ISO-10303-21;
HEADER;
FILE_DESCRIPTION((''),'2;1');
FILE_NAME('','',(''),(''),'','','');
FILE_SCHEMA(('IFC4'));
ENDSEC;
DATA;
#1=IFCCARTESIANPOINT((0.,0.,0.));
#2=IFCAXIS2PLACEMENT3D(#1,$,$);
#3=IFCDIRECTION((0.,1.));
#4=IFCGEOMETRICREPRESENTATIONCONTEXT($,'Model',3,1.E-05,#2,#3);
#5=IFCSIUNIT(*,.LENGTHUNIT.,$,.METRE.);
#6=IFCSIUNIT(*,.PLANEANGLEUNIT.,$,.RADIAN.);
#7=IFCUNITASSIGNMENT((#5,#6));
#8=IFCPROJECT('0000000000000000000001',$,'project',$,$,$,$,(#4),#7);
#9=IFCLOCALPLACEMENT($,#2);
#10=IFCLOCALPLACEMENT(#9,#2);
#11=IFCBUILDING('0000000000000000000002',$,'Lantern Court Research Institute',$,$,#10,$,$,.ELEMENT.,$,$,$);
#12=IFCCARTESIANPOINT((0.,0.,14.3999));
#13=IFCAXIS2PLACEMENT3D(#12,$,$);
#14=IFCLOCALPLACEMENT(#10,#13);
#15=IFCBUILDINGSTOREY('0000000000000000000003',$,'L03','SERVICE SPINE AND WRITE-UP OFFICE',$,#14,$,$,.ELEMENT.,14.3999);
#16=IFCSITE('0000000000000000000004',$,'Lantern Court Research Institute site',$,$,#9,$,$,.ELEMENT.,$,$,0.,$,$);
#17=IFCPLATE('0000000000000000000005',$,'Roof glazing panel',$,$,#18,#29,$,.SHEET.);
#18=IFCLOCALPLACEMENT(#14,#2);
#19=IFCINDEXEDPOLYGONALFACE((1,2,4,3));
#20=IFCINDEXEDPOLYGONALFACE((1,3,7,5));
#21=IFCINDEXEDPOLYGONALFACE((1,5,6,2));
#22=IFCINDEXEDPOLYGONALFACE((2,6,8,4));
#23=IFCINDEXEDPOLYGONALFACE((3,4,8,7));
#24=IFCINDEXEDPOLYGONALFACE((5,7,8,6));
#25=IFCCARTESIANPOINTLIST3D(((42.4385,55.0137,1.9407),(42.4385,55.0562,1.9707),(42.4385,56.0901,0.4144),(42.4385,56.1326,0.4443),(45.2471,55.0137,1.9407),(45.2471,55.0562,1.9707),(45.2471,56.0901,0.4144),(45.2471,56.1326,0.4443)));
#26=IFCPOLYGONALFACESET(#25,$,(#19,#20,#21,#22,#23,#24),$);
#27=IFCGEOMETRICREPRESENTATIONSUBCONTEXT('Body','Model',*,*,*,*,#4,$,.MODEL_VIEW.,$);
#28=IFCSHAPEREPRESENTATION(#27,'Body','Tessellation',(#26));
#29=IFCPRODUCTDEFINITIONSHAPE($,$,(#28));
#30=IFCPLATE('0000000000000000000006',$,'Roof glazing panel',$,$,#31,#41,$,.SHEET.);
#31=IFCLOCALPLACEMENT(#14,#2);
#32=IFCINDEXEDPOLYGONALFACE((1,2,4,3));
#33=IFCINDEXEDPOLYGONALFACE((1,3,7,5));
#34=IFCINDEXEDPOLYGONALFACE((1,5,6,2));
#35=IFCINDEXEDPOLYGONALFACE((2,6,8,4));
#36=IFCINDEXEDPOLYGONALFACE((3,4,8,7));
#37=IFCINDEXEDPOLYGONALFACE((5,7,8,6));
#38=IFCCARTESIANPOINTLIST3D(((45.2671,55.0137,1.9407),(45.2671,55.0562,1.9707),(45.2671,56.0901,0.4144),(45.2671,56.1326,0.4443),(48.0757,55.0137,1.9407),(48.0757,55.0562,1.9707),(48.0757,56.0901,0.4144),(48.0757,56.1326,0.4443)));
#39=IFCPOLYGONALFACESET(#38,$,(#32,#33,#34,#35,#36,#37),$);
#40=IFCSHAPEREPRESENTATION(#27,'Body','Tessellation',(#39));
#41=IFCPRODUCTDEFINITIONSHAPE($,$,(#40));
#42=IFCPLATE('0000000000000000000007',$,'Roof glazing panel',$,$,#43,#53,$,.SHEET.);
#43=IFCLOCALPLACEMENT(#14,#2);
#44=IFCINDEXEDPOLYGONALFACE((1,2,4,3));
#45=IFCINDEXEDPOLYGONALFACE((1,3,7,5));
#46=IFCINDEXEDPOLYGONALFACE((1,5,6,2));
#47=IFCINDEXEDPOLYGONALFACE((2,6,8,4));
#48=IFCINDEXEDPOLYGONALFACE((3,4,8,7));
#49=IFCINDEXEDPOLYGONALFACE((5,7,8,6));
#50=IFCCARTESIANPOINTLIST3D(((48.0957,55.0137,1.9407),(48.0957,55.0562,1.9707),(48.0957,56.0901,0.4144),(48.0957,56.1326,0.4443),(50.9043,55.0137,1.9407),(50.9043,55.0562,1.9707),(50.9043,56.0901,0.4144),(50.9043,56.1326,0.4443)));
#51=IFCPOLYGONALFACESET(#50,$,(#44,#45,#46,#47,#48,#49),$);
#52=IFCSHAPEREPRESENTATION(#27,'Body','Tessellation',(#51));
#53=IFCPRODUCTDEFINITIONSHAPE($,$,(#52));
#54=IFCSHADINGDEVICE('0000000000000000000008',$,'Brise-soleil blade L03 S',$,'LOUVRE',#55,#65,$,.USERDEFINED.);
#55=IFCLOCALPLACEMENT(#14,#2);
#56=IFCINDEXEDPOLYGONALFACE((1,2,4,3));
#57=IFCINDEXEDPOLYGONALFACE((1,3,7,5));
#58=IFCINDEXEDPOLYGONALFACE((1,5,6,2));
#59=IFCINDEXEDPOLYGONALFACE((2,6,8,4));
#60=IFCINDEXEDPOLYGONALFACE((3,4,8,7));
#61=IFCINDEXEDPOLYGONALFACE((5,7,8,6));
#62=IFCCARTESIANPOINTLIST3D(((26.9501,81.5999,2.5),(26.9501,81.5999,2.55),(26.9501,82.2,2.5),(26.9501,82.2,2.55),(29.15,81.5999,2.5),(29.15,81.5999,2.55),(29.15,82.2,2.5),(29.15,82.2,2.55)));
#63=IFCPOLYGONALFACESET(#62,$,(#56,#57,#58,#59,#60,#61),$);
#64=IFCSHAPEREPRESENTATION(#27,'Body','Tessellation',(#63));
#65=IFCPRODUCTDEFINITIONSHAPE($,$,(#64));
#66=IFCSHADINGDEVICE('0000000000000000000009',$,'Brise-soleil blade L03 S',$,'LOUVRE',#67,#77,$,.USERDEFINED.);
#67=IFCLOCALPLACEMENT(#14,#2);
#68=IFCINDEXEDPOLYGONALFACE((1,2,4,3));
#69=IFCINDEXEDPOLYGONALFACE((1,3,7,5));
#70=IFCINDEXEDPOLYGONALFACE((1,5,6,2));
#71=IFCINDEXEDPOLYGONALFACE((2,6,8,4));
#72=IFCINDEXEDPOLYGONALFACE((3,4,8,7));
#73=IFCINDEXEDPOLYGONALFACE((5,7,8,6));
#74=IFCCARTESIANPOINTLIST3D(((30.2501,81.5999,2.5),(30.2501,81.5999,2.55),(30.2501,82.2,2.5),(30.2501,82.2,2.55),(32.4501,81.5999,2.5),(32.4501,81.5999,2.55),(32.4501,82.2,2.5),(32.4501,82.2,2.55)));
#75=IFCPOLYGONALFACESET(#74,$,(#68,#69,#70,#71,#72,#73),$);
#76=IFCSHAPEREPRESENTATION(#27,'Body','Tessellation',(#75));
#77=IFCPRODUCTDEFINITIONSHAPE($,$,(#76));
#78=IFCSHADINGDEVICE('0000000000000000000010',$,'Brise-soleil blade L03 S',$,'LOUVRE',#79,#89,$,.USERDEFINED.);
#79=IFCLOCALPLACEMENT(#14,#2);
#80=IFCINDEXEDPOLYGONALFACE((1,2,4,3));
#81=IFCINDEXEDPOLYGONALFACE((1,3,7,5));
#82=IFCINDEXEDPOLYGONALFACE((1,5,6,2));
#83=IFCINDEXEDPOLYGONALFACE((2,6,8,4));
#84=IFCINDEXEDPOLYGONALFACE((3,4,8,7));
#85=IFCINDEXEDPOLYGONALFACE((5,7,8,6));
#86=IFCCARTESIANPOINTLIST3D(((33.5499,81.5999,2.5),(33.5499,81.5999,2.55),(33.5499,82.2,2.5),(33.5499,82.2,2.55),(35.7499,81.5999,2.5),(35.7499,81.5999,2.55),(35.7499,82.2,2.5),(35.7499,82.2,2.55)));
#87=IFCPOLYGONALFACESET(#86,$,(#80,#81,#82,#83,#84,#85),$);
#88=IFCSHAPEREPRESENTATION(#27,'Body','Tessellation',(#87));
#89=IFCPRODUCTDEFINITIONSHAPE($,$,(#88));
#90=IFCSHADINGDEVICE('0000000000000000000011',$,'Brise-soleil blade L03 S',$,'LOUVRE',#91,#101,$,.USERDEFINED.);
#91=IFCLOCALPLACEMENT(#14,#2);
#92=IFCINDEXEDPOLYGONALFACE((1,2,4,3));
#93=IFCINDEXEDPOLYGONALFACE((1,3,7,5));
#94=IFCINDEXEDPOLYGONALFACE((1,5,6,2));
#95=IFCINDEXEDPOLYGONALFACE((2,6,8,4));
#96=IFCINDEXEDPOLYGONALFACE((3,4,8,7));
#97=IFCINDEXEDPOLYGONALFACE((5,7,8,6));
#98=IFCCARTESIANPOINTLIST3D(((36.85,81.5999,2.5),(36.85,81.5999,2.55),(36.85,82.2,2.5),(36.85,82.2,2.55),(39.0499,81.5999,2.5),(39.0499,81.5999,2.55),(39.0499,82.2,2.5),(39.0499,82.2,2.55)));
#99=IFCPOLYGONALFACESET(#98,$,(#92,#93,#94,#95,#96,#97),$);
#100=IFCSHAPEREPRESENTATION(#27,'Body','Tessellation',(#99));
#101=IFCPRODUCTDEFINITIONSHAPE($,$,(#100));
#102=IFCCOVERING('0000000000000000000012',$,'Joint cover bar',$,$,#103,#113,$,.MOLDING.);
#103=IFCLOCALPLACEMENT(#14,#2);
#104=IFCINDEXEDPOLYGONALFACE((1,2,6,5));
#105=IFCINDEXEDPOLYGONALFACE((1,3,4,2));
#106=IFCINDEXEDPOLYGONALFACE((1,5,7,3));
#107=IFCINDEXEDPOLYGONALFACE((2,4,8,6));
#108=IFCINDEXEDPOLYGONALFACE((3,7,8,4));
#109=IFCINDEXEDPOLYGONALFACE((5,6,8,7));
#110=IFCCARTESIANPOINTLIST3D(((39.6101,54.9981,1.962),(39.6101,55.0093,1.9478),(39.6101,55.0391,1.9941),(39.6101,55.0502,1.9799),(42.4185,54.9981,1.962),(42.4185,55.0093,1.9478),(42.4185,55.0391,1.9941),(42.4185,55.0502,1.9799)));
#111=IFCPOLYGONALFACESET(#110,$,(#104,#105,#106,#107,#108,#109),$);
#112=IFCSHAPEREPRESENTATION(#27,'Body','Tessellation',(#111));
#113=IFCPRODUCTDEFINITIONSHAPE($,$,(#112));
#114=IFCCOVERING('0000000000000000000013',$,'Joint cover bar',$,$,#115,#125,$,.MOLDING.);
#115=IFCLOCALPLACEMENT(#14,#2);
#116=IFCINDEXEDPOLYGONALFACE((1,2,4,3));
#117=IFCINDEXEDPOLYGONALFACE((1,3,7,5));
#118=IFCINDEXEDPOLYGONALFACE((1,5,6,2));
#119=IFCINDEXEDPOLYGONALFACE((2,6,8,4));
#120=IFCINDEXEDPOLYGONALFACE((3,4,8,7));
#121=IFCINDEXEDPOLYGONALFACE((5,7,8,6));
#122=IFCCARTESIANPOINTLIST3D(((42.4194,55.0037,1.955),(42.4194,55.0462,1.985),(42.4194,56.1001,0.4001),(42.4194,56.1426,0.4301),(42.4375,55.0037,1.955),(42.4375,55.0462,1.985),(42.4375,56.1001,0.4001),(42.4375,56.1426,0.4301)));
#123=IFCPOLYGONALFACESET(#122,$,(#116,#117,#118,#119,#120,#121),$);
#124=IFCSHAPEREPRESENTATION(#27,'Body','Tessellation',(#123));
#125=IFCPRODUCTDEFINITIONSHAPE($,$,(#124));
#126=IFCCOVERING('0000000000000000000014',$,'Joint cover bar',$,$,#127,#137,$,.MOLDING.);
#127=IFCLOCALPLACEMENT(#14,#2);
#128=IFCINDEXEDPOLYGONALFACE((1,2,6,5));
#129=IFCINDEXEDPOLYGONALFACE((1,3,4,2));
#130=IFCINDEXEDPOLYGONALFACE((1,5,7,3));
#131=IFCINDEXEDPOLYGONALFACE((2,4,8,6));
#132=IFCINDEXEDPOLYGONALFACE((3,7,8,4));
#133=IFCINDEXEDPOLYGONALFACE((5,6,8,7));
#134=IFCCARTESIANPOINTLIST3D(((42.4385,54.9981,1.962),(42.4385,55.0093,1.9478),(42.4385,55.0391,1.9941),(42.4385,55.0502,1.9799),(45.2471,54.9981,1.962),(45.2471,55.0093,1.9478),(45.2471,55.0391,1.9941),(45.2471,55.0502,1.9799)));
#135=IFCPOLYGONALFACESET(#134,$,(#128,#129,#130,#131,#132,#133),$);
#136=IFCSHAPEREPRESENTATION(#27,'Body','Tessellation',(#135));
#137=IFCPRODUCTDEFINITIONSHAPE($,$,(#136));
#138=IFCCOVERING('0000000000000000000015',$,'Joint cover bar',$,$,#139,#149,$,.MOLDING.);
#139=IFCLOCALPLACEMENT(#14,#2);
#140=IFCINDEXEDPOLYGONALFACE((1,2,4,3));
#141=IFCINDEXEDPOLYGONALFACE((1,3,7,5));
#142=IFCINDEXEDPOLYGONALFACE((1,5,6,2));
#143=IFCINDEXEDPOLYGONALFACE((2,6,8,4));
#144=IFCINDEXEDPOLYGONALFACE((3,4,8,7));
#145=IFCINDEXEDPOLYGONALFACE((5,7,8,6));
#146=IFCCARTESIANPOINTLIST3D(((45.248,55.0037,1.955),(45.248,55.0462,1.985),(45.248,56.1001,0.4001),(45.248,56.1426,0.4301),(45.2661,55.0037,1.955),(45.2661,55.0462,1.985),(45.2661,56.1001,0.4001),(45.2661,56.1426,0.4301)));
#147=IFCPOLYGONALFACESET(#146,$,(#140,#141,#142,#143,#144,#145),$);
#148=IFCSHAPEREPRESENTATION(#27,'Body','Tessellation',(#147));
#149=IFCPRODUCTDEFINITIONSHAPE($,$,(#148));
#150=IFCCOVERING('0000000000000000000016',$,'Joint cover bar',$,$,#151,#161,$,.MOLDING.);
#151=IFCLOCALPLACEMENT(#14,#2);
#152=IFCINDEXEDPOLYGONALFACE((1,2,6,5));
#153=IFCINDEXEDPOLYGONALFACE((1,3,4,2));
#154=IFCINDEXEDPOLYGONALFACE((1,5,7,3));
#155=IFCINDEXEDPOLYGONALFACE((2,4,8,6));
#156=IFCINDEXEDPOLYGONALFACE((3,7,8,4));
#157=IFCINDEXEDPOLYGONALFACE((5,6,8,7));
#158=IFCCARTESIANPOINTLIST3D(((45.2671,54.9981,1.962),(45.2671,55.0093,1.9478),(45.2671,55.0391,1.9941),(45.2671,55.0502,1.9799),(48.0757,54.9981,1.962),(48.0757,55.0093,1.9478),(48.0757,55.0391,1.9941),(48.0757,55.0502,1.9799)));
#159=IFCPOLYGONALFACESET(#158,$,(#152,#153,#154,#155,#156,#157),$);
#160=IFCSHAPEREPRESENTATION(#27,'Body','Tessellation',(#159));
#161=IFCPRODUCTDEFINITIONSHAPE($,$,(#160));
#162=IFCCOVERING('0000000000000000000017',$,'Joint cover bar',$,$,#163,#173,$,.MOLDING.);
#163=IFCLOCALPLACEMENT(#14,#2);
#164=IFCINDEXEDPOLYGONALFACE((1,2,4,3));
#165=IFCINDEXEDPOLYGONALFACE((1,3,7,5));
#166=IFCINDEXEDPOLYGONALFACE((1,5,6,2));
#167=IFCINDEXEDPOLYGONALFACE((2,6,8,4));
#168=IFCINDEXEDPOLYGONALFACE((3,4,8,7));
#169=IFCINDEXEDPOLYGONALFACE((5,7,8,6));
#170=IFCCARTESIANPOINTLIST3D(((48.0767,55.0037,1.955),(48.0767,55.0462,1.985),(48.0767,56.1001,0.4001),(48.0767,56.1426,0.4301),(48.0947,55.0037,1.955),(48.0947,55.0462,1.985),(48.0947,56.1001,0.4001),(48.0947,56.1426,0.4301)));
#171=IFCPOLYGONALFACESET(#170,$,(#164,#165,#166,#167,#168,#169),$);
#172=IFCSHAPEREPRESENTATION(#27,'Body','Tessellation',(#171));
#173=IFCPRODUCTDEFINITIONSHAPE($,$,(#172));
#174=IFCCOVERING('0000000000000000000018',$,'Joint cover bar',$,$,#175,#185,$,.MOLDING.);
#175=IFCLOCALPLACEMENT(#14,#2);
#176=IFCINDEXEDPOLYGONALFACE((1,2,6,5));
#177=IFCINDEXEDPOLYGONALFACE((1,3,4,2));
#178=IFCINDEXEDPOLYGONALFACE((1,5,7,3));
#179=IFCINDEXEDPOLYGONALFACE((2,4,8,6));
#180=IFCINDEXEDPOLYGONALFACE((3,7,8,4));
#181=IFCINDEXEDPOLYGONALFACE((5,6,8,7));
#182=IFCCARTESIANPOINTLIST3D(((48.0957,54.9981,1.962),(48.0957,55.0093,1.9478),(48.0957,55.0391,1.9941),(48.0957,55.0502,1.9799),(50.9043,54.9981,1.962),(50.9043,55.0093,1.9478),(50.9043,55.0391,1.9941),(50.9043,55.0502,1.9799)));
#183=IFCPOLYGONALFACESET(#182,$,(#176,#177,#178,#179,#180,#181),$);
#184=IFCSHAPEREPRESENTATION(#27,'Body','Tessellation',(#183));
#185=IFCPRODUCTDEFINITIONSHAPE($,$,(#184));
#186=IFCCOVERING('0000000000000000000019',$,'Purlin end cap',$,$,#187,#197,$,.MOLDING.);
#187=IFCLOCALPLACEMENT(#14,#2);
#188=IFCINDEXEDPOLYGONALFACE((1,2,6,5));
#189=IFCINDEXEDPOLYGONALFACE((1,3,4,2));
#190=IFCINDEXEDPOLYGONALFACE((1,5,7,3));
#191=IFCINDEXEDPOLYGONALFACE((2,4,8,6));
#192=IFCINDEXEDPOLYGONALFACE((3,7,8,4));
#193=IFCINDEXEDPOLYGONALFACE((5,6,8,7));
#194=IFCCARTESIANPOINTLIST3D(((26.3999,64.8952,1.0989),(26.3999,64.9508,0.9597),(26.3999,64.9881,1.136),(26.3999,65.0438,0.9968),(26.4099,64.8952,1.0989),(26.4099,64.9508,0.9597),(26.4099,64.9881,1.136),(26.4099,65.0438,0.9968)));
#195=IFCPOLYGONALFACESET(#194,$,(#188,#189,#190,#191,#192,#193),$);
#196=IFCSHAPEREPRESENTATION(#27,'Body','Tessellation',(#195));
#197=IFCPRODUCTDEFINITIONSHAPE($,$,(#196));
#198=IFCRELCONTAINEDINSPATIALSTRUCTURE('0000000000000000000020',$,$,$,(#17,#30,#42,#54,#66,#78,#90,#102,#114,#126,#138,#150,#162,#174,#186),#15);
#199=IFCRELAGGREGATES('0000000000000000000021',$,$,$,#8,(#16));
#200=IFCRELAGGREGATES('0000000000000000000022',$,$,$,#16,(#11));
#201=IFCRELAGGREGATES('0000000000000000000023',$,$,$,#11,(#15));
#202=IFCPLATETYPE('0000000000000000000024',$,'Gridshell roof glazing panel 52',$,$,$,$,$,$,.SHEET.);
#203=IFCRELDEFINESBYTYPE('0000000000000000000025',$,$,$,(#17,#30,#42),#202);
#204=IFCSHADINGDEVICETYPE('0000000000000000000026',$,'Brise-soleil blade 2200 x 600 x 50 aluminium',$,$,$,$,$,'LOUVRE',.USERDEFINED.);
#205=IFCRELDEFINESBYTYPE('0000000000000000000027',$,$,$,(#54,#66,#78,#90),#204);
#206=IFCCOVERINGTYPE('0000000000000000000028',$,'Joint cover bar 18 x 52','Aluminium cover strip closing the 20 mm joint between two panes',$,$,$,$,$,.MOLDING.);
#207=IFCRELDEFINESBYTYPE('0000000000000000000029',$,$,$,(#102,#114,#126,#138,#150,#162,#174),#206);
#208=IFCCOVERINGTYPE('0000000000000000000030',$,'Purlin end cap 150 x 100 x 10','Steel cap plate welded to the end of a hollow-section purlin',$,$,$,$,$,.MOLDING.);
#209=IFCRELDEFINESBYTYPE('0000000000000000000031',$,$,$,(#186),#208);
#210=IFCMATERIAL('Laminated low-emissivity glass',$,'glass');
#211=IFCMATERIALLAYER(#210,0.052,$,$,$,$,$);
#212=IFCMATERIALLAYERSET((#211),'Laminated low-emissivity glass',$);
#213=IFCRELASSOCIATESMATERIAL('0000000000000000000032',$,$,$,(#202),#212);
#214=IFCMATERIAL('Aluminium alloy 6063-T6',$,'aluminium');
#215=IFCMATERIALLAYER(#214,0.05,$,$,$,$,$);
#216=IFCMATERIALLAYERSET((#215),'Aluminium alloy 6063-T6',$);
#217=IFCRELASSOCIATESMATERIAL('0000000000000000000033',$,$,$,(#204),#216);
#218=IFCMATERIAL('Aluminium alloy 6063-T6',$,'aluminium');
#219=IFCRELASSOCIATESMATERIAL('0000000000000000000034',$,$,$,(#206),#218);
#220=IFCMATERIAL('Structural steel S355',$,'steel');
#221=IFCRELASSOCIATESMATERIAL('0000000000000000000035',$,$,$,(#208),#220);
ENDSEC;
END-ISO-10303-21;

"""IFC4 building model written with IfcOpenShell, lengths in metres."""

from ifc_helpers import new_model, si_unit, direction, frame, origin, origin_2d, place, context, subcontext, project, spatial, polyline, rectangle, outline, extrude, material, layer, layer_set, material_profile, profile_set, type_object, element, save


model = new_model("IFC4")

# Units and contexts
model_context = context("Model", 3, precision=1e-05, world=origin(), true_north=direction((0.0, 1.0)))
body_context = subcontext(model_context, "Body", "Model", "MODEL_VIEW")
ifc_project = project(units=[si_unit("LENGTHUNIT", "METRE"), si_unit("PLANEANGLEUNIT", "RADIAN")], contexts=[model_context])

# Site, building, storey
site_placement = place(None, origin())
site = spatial("IfcSite", under=ifc_project, at=site_placement, Name="Lantern Court Research Institute site", CompositionType="ELEMENT", RefElevation=0.0)
building_placement = place(site_placement, origin())
building = spatial("IfcBuilding", under=site, at=building_placement, Name="Lantern Court Research Institute", CompositionType="ELEMENT")
storey_placement = place(building_placement, frame((0.0, 0.0, 14.3999)))
storey = spatial("IfcBuildingStorey", under=building, at=storey_placement, Name="L03", Description="SERVICE SPINE AND WRITE-UP OFFICE", CompositionType="ELEMENT", Elevation=14.3999)

# Plates
ifc_material_1 = material(Name="Laminated low-emissivity glass", Category="glass")
ifc_layer_1 = layer(ifc_material_1, 0.052)
ifc_layer_set_1 = layer_set([ifc_layer_1], Name="Laminated low-emissivity glass")
plate_type_1 = type_object("IfcPlateType", Name="Gridshell roof glazing panel 52", PredefinedType="SHEET", material=ifc_layer_set_1)
for number, where, z_axis, x_axis, name in (
    (1, (45.2471, 55.0562, 1.9707), (0.0, 0.817225, 0.576319), (-1.0, 0.0, 0.0), "Roof glazing panel"),
    (2, (48.0757, 55.0562, 1.9707), (0.0, 0.817225, 0.576319), (-1.0, 0.0, 0.0), "Roof glazing panel"),
    (3, (50.9043, 55.0562, 1.9707), (0.0, 0.817225, 0.576319), (-1.0, 0.0, 0.0), "Roof glazing panel"),
):
    element("IfcPlate", number, at=place(storey_placement, frame(where, z_axis=z_axis, x_axis=x_axis)), inside=storey, type_object=plate_type_1, Name=name, PredefinedType="SHEET", context=body_context, shape_type="SweptSolid", body=[
        extrude(outline(polyline([(0.0, 0.0), (2.8086, 0.0), (2.8086, -1.8677), (0.0, -1.8677), (0.0, 0.0)])), origin(), (0.0, 0.0, -1.0), 0.052),
    ])

# Shading devices
ifc_material_2 = material(Name="Aluminium alloy 6063-T6", Category="aluminium")
ifc_layer_2 = layer(ifc_material_2, 0.05)
ifc_layer_set_2 = layer_set([ifc_layer_2], Name="Aluminium alloy 6063-T6")
shading_device_type = type_object("IfcShadingDeviceType", Name="Brise-soleil blade 2200 x 600 x 50 aluminium", ElementType="LOUVRE", PredefinedType="USERDEFINED", material=ifc_layer_set_2)
for number, where, z_axis, x_axis, name in (
    (4, (28.05, 81.8999, 2.5), (0.0, 0.0, 1.0), (-1.0, 0.0, 0.0), "Brise-soleil blade L03 S"),
    (5, (31.3501, 81.8999, 2.5), (0.0, 0.0, 1.0), (-1.0, 0.0, 0.0), "Brise-soleil blade L03 S"),
    (6, (34.6499, 81.8999, 2.5), (0.0, 0.0, 1.0), (-1.0, 0.0, 0.0), "Brise-soleil blade L03 S"),
    (7, (37.95, 81.8999, 2.5), (0.0, 0.0, 1.0), (-1.0, 0.0, 0.0), "Brise-soleil blade L03 S"),
):
    element("IfcShadingDevice", number, at=place(storey_placement, frame(where, z_axis=z_axis, x_axis=x_axis)), inside=storey, type_object=shading_device_type, Name=name, ObjectType="LOUVRE", PredefinedType="USERDEFINED", context=body_context, shape_type="SweptSolid", body=[
        extrude(rectangle(XDim=2.2, YDim=0.6001, at=origin_2d()), origin(), (0.0, 0.0, 1.0), 0.05),
    ])

# Coverings
ifc_material_3 = material(Name="Aluminium alloy 6063-T6", Category="aluminium")
ifc_material_profile_1 = material_profile(ifc_material_3, rectangle(XDim=0.0181, YDim=0.052, at=origin_2d()), Name="Joint cover bar 18 x 52")
ifc_profile_set_1 = profile_set([ifc_material_profile_1], Name="Aluminium alloy 6063-T6")
covering_type_1 = type_object("IfcCoveringType", Name="Joint cover bar 18 x 52", Description="Aluminium cover strip closing the 20 mm joint between two panes", PredefinedType="MOLDING", material=ifc_profile_set_1)
covering_1_placement = place(storey_placement, frame((39.6101, 55.0242, 1.9709), z_axis=(1.0, 0.0, 0.0), x_axis=(0.0, 0.616657, -0.787232)))
element("IfcCovering", 8, at=covering_1_placement, inside=storey, type_object=covering_type_1, Name="Joint cover bar", PredefinedType="MOLDING", context=body_context, shape_type="SweptSolid", body=[
    extrude(rectangle(XDim=0.0181, YDim=0.052, at=origin_2d()), origin(), (0.0, 0.0, 1.0), 2.8083),
])
covering_2_placement = place(storey_placement, frame((42.4285, 55.0249, 1.97), z_axis=(0.0, 0.576275, -0.817256), x_axis=(-1.0, 0.0, 0.0)))
element("IfcCovering", 9, at=covering_2_placement, inside=storey, type_object=covering_type_1, Name="Joint cover bar", PredefinedType="MOLDING", context=body_context, shape_type="SweptSolid", body=[
    extrude(rectangle(XDim=0.0181, YDim=0.052, at=origin_2d()), origin(), (0.0, 0.0, 1.0), 1.9026),
])
covering_3_placement = place(storey_placement, frame((42.4385, 55.0242, 1.9709), z_axis=(1.0, 0.0, 0.0), x_axis=(0.0, 0.616657, -0.787232)))
element("IfcCovering", 10, at=covering_3_placement, inside=storey, type_object=covering_type_1, Name="Joint cover bar", PredefinedType="MOLDING", context=body_context, shape_type="SweptSolid", body=[
    extrude(rectangle(XDim=0.0181, YDim=0.052, at=origin_2d()), origin(), (0.0, 0.0, 1.0), 2.8086),
])
covering_4_placement = place(storey_placement, frame((45.2571, 55.0249, 1.97), z_axis=(0.0, 0.576275, -0.817256), x_axis=(-1.0, 0.0, 0.0)))
element("IfcCovering", 11, at=covering_4_placement, inside=storey, type_object=covering_type_1, Name="Joint cover bar", PredefinedType="MOLDING", context=body_context, shape_type="SweptSolid", body=[
    extrude(rectangle(XDim=0.0181, YDim=0.052, at=origin_2d()), origin(), (0.0, 0.0, 1.0), 1.9026),
])
covering_5_placement = place(storey_placement, frame((45.2671, 55.0242, 1.9709), z_axis=(1.0, 0.0, 0.0), x_axis=(0.0, 0.616657, -0.787232)))
element("IfcCovering", 12, at=covering_5_placement, inside=storey, type_object=covering_type_1, Name="Joint cover bar", PredefinedType="MOLDING", context=body_context, shape_type="SweptSolid", body=[
    extrude(rectangle(XDim=0.0181, YDim=0.052, at=origin_2d()), origin(), (0.0, 0.0, 1.0), 2.8086),
])
covering_6_placement = place(storey_placement, frame((48.0857, 55.0249, 1.97), z_axis=(0.0, 0.576275, -0.817256), x_axis=(-1.0, 0.0, 0.0)))
element("IfcCovering", 13, at=covering_6_placement, inside=storey, type_object=covering_type_1, Name="Joint cover bar", PredefinedType="MOLDING", context=body_context, shape_type="SweptSolid", body=[
    extrude(rectangle(XDim=0.0181, YDim=0.052, at=origin_2d()), origin(), (0.0, 0.0, 1.0), 1.9026),
])
covering_7_placement = place(storey_placement, frame((48.0957, 55.0242, 1.9709), z_axis=(1.0, 0.0, 0.0), x_axis=(0.0, 0.616657, -0.787232)))
element("IfcCovering", 14, at=covering_7_placement, inside=storey, type_object=covering_type_1, Name="Joint cover bar", PredefinedType="MOLDING", context=body_context, shape_type="SweptSolid", body=[
    extrude(rectangle(XDim=0.0181, YDim=0.052, at=origin_2d()), origin(), (0.0, 0.0, 1.0), 2.8086),
])
ifc_material_4 = material(Name="Structural steel S355", Category="steel")
ifc_material_profile_2 = material_profile(ifc_material_4, outline(polyline([(-0.05, -0.075), (0.05, -0.075), (0.05, 0.075), (-0.05, 0.075), (-0.05, -0.075)])), Name="Purlin end cap 150 x 100 x 10")
ifc_profile_set_2 = profile_set([ifc_material_profile_2], Name="Structural steel S355")
covering_type_2 = type_object("IfcCoveringType", Name="Purlin end cap 150 x 100 x 10", Description="Steel cap plate welded to the end of a hollow-section purlin", PredefinedType="MOLDING", material=ifc_profile_set_2)
for number, where, z_axis, x_axis, name in (
    (15, (26.3999, 64.9695, 1.0479), (1.0, 0.0, 0.0), (0.0, 0.928477, 0.371391), "Purlin end cap"),
):
    element("IfcCovering", number, at=place(storey_placement, frame(where, z_axis=z_axis, x_axis=x_axis)), inside=storey, type_object=covering_type_2, Name=name, PredefinedType="MOLDING", context=body_context, shape_type="SweptSolid", body=[
        extrude(outline(polyline([(-0.05, -0.075), (0.05, -0.075), (0.05, 0.075), (-0.05, 0.075), (-0.05, -0.075)])), origin(), (0.0, 0.0, 1.0), 0.01),
    ])

save(model, "model.ifc")
